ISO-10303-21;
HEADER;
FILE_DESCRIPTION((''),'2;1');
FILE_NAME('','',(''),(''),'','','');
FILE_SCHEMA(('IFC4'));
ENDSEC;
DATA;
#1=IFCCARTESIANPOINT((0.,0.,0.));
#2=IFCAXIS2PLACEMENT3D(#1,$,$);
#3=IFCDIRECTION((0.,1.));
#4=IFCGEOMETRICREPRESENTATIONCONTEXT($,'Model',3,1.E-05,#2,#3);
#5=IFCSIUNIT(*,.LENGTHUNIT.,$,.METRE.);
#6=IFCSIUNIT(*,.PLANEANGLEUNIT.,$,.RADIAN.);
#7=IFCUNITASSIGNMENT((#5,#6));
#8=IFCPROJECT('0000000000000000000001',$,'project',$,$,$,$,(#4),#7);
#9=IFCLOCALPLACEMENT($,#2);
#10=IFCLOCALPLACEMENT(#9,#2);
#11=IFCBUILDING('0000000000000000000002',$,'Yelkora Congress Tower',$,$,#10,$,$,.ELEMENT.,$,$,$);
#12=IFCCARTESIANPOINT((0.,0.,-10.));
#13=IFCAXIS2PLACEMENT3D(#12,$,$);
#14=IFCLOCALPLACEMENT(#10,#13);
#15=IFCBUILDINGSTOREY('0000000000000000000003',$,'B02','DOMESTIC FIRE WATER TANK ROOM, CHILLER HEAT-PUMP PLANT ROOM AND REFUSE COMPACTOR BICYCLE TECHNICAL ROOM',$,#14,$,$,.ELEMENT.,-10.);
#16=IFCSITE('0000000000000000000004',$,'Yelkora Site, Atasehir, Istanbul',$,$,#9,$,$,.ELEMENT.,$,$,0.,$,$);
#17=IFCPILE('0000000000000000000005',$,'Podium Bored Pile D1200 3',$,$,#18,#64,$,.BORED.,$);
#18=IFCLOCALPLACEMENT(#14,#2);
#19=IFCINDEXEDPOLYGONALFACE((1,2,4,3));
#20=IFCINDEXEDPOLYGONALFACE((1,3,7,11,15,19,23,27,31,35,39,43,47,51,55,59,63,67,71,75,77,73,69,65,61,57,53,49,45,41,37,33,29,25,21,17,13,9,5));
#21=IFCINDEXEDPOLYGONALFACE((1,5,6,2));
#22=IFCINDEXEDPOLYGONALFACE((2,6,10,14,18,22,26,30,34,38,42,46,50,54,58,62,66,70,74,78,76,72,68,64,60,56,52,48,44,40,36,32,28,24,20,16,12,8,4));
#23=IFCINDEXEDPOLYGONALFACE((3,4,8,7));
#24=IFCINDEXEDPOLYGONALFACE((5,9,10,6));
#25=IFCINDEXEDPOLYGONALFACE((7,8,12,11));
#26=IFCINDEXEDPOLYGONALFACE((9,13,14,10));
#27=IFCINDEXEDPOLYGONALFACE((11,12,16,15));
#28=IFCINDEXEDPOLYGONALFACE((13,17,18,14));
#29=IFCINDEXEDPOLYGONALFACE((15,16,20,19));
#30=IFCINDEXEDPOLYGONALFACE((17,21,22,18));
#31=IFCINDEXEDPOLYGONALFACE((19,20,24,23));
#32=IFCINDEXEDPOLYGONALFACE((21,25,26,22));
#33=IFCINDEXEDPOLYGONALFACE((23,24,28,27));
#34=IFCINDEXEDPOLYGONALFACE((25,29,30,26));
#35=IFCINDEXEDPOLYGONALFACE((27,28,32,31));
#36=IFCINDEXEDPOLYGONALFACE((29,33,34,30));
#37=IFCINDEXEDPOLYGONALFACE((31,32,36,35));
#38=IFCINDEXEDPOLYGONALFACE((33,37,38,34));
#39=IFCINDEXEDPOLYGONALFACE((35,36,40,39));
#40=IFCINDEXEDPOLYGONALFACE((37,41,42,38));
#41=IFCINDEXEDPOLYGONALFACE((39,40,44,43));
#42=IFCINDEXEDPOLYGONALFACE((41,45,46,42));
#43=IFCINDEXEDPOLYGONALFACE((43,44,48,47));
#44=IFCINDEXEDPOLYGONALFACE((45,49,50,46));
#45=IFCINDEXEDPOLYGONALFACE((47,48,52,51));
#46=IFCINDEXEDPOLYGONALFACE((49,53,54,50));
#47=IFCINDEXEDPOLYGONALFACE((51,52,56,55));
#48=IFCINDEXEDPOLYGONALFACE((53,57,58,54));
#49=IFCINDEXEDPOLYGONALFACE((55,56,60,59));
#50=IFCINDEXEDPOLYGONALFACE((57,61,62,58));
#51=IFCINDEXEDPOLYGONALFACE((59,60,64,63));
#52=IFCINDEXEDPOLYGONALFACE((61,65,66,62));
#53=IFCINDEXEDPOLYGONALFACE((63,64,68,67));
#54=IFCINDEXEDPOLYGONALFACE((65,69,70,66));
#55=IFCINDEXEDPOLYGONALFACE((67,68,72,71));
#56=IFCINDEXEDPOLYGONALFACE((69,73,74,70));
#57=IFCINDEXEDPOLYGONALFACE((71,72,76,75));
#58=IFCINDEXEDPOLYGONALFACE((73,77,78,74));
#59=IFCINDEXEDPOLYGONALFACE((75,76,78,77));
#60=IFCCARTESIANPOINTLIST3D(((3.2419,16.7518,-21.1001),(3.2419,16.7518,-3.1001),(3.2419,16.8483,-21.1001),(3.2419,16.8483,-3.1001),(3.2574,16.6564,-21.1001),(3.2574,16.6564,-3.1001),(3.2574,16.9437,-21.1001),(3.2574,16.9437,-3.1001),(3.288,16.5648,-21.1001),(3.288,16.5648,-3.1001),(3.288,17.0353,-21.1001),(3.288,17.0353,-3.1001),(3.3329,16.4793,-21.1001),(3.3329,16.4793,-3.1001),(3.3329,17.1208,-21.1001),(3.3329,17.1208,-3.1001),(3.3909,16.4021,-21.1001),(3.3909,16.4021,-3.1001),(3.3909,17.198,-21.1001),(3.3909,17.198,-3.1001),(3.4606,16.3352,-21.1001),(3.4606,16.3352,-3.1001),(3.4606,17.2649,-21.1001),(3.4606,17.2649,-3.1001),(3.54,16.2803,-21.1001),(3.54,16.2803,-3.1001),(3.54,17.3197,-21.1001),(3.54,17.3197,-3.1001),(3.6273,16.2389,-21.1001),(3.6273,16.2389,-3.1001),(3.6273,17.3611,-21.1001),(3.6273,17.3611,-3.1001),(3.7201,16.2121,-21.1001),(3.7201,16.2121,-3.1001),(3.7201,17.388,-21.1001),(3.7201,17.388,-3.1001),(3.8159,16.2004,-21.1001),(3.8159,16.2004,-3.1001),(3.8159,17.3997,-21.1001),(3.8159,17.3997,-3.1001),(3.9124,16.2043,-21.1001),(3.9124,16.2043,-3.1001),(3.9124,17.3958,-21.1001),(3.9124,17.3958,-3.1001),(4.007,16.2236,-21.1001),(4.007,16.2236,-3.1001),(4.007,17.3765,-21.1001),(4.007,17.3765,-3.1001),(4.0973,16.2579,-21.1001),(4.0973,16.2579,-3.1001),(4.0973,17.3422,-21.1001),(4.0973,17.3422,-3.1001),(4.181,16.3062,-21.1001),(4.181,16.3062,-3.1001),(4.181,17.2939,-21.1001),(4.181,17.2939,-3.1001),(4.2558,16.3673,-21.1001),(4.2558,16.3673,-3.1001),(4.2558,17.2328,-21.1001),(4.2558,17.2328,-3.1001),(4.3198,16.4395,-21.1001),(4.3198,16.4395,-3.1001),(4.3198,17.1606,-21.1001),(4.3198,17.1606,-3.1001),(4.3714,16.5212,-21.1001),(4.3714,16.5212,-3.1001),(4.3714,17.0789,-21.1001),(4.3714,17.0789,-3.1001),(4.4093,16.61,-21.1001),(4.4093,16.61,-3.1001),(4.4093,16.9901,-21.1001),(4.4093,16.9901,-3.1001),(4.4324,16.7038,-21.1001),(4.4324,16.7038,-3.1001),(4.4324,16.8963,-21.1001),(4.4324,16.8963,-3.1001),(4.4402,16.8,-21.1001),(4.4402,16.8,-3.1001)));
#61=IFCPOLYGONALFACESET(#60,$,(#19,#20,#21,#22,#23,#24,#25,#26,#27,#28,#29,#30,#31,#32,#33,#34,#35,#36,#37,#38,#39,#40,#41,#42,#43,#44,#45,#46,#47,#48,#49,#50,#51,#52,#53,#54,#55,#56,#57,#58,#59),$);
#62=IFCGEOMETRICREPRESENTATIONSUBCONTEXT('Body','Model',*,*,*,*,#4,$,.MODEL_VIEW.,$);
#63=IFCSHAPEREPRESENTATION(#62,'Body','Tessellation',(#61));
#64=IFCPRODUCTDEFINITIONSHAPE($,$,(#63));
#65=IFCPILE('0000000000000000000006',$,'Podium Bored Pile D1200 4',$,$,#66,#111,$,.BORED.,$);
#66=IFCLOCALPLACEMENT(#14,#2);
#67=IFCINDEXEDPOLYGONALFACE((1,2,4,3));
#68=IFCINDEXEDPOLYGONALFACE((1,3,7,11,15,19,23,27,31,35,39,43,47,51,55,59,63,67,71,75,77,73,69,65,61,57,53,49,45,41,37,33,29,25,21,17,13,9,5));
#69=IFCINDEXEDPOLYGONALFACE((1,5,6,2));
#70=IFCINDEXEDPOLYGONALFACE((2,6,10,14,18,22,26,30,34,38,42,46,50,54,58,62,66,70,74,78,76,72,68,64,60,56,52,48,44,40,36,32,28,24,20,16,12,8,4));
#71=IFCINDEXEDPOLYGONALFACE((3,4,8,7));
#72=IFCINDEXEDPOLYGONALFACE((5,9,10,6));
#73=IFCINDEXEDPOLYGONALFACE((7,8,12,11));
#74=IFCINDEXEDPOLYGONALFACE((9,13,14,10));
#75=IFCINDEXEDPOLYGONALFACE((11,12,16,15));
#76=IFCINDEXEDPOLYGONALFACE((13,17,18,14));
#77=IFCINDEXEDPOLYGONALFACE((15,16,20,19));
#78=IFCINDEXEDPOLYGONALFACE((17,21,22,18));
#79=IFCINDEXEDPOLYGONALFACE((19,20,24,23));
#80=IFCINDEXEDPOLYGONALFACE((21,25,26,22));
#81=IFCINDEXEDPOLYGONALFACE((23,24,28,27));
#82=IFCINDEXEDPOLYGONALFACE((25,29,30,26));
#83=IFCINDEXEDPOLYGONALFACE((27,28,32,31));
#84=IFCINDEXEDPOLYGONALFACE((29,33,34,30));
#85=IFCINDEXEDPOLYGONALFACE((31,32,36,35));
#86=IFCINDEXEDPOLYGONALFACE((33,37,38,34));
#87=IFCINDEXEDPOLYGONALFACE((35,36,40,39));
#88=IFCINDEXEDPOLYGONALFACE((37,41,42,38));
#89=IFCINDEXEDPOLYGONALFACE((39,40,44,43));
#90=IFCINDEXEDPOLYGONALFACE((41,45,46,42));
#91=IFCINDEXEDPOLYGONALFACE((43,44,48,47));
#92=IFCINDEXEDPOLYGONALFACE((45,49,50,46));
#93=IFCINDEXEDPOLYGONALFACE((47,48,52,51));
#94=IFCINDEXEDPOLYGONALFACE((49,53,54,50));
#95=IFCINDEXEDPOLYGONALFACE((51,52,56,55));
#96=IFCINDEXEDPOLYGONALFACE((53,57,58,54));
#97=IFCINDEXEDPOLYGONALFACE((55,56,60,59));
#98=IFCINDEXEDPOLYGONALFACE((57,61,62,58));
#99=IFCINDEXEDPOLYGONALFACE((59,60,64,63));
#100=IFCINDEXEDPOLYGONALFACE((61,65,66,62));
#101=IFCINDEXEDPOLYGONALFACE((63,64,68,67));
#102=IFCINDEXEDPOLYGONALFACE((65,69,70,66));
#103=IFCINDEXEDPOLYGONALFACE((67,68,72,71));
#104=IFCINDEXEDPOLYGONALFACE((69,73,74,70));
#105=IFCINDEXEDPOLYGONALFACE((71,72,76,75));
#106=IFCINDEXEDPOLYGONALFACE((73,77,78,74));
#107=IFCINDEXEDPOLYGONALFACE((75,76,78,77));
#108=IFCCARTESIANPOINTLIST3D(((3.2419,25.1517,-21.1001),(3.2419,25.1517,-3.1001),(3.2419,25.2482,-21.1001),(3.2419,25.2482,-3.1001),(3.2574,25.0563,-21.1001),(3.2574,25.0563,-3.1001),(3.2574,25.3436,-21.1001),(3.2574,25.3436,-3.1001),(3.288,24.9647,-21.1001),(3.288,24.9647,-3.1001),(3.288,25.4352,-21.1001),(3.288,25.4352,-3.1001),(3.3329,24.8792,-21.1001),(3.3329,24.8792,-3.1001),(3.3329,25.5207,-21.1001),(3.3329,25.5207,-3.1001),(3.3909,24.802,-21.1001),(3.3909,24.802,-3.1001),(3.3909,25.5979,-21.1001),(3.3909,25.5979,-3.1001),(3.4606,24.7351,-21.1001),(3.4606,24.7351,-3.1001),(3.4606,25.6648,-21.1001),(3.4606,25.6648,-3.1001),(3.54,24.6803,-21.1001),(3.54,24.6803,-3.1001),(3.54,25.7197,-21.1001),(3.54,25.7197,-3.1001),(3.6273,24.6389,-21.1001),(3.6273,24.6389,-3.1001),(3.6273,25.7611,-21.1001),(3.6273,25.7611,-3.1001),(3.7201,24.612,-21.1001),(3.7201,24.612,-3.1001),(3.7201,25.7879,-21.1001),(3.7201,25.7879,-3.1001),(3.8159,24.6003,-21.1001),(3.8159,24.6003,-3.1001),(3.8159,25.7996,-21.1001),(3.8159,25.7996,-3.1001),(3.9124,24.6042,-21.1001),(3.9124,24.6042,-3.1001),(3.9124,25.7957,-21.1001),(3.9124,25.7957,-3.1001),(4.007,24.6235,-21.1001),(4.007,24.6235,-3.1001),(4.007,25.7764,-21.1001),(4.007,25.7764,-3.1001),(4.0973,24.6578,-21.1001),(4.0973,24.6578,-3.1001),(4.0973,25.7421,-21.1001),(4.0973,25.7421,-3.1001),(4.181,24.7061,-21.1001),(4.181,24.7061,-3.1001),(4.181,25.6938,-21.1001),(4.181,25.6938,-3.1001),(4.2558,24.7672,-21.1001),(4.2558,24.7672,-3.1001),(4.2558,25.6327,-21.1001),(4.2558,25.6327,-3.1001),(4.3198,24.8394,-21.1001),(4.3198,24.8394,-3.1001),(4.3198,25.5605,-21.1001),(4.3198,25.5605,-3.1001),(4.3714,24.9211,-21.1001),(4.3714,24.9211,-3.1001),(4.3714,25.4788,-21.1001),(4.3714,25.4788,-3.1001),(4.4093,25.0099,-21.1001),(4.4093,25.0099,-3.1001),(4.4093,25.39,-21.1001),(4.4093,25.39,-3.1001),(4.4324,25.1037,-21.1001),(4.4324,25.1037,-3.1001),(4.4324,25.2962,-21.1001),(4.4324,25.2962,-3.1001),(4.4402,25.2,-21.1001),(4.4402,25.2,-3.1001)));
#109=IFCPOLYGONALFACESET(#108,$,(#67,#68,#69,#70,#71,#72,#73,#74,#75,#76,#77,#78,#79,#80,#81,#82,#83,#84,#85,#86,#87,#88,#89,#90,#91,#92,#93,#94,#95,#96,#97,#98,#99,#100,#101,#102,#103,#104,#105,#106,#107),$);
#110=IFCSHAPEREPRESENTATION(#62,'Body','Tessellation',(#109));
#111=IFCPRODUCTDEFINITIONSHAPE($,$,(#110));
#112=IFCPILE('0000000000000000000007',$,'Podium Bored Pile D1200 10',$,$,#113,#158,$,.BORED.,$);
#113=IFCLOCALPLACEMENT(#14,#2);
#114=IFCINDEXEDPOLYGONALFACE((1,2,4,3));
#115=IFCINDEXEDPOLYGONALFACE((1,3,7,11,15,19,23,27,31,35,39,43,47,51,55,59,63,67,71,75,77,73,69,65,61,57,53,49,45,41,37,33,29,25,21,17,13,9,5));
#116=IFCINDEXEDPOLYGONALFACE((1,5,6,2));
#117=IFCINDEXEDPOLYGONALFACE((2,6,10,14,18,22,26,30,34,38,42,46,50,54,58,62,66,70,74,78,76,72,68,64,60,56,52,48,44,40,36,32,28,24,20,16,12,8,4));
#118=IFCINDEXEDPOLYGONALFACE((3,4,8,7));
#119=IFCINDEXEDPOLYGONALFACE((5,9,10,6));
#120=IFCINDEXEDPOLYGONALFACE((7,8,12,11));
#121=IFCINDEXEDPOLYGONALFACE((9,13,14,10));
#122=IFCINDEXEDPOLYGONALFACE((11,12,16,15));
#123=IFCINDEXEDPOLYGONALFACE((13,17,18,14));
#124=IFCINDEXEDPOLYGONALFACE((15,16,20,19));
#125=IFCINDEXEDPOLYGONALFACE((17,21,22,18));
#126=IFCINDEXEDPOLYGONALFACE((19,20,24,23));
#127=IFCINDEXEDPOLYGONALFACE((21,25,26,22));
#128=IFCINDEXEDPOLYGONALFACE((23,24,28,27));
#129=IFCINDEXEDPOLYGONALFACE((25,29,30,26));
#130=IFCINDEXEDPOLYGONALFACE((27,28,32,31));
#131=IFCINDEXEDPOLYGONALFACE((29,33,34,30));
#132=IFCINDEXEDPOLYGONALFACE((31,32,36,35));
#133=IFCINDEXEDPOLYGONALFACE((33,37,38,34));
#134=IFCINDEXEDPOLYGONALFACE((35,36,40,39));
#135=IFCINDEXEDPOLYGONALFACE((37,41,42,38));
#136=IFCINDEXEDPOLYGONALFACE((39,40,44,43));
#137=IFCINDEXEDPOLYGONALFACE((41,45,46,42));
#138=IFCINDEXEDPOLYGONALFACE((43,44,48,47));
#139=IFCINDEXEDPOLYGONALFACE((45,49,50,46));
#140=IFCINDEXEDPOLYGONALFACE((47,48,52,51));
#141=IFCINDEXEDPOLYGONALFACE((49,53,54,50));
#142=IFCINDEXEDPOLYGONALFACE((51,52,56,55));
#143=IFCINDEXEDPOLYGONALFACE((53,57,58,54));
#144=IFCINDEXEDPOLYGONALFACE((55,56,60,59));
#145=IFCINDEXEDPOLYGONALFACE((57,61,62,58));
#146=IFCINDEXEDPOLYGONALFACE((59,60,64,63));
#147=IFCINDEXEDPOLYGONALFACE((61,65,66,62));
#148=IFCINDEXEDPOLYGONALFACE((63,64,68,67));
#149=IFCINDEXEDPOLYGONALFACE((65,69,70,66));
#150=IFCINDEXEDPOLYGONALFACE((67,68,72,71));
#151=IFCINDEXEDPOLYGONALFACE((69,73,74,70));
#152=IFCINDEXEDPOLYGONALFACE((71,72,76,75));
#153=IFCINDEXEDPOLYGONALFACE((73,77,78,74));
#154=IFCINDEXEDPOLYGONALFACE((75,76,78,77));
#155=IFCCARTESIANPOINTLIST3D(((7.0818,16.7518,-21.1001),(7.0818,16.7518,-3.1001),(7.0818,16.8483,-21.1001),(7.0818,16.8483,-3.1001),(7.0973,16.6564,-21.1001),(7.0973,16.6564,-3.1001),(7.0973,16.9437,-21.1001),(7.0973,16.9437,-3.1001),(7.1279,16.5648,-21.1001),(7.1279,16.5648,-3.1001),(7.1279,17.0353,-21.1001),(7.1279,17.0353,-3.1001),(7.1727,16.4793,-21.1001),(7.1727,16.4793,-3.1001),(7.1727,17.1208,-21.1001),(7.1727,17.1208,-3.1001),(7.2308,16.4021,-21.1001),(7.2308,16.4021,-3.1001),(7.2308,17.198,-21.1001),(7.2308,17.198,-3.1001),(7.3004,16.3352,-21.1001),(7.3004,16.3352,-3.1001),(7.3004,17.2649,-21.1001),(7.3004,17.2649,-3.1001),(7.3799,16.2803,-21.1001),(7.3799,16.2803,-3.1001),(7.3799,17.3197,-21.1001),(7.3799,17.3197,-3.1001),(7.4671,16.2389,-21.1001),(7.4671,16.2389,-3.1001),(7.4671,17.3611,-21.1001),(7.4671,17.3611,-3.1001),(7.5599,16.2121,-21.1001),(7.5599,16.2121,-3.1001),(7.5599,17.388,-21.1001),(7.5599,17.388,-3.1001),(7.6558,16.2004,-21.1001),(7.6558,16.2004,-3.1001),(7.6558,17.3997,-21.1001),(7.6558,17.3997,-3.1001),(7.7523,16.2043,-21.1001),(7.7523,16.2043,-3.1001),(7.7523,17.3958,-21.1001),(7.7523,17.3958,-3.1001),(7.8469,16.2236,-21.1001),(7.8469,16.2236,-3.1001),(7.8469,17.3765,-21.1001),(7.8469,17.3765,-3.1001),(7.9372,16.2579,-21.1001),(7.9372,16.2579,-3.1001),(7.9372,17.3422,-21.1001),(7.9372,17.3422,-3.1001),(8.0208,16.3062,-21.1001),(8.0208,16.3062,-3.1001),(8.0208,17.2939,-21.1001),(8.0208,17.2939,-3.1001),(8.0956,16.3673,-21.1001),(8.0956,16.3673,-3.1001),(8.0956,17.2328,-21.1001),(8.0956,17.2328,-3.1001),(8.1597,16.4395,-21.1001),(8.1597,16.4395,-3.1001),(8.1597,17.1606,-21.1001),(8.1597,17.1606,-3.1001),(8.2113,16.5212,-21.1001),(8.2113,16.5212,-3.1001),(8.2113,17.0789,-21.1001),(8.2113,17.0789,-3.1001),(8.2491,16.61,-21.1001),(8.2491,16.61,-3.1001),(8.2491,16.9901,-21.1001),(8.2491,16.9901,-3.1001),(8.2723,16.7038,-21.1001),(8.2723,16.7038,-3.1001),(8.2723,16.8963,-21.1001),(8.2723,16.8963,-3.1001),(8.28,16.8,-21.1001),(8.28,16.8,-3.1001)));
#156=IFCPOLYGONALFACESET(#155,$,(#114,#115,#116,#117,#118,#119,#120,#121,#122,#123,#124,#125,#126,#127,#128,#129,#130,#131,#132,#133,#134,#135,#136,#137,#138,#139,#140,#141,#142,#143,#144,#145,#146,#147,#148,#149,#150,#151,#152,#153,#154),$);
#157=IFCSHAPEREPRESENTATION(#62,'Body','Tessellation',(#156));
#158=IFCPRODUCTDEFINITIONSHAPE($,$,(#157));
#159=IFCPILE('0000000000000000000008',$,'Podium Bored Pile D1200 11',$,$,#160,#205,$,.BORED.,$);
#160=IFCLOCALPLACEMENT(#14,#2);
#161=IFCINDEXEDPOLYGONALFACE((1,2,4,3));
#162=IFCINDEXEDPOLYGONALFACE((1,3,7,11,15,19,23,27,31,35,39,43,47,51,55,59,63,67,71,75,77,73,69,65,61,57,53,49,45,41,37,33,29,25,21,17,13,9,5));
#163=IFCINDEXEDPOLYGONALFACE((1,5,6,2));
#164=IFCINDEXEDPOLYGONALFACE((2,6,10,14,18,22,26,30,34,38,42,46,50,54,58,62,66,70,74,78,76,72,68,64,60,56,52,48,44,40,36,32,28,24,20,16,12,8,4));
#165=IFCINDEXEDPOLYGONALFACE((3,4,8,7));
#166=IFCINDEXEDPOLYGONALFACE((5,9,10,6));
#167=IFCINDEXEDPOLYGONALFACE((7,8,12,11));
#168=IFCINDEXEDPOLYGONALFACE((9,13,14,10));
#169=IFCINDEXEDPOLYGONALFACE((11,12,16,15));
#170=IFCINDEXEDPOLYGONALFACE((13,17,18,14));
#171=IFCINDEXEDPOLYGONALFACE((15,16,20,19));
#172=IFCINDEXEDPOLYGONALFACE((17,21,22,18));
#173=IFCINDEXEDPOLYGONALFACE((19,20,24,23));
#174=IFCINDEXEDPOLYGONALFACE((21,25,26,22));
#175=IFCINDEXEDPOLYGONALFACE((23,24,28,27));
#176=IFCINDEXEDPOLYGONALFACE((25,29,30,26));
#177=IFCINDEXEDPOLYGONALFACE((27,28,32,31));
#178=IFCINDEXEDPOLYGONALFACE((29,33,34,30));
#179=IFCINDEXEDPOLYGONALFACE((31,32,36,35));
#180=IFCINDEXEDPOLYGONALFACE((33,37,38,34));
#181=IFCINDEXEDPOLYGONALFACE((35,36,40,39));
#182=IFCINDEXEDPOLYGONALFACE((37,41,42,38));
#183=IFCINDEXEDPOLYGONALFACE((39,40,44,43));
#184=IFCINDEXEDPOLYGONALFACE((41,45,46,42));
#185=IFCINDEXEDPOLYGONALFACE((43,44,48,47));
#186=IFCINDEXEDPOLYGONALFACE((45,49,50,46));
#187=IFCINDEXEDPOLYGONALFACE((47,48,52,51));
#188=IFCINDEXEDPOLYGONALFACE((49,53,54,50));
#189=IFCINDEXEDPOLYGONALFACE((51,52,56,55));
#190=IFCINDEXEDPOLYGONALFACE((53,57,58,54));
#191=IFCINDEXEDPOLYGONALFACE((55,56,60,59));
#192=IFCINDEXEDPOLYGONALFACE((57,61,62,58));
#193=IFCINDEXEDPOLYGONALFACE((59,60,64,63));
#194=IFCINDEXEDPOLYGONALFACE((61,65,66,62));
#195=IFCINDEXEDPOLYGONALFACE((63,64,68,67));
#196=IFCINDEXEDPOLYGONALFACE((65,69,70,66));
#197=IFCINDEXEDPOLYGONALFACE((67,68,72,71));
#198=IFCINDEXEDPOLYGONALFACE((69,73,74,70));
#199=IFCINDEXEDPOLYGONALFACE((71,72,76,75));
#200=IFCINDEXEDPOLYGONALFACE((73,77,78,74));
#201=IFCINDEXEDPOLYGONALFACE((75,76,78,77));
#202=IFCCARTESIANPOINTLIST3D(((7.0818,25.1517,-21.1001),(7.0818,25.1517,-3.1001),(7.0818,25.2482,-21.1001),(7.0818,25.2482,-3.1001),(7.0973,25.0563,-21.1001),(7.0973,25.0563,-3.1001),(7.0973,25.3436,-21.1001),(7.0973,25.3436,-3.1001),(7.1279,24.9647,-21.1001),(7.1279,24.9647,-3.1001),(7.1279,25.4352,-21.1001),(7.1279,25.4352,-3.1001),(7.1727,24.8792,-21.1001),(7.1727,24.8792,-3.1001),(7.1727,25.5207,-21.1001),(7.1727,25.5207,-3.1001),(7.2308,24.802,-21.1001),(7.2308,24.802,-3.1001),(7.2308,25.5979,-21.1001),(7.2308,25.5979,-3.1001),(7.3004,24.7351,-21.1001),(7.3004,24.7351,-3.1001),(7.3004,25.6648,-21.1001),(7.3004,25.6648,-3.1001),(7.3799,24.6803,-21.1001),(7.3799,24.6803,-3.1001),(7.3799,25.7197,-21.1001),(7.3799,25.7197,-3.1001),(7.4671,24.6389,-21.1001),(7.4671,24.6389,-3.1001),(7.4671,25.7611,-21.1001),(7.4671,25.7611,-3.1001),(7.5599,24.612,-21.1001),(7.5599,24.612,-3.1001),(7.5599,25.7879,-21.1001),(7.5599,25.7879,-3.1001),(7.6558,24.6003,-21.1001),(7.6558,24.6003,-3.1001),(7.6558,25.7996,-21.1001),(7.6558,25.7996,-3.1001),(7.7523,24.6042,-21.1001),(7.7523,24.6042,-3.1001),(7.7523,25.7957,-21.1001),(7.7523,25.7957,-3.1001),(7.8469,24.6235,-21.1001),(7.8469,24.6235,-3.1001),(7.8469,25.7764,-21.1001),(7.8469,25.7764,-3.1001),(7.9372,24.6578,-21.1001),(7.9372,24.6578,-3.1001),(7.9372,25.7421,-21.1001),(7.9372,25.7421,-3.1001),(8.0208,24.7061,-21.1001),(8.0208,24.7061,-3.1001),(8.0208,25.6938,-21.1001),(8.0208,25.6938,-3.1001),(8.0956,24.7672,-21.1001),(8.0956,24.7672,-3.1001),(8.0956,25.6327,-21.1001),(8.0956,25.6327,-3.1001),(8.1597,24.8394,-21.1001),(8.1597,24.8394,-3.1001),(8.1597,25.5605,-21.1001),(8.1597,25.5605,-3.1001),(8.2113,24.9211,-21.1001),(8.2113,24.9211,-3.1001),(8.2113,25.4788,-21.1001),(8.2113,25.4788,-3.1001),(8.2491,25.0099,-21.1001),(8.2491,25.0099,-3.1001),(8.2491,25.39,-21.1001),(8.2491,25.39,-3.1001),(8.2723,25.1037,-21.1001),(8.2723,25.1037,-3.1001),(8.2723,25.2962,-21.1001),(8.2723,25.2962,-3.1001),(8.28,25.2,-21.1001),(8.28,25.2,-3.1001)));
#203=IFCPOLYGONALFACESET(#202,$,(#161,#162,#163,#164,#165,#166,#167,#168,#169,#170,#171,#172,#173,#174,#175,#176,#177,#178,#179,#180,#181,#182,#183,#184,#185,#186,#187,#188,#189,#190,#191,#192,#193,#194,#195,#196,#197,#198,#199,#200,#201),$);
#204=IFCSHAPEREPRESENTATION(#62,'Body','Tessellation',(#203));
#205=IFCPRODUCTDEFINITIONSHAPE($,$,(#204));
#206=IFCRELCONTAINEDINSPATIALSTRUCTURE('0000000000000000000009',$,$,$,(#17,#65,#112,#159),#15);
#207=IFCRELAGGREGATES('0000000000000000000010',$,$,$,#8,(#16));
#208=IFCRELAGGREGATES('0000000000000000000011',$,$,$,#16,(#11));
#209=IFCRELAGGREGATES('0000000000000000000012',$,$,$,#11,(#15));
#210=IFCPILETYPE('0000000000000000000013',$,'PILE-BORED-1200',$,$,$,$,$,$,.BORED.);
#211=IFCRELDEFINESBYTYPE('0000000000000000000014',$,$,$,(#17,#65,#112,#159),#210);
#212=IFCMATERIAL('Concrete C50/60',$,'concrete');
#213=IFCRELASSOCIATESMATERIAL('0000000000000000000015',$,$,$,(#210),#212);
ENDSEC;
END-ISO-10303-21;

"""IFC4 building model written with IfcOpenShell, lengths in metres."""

from ifc_helpers import new_model, si_unit, direction, frame, origin, origin_2d, place, context, subcontext, project, spatial, circle, extrude, material, material_profile, profile_set, type_object, element, save


model = new_model("IFC4")

# Units and contexts
model_context = context("Model", 3, precision=1e-05, world=origin(), true_north=direction((0.0, 1.0)))
body_context = subcontext(model_context, "Body", "Model", "MODEL_VIEW")
ifc_project = project(units=[si_unit("LENGTHUNIT", "METRE"), si_unit("PLANEANGLEUNIT", "RADIAN")], contexts=[model_context])

# Site, building, storey
site_placement = place(None, origin())
site = spatial("IfcSite", under=ifc_project, at=site_placement, Name="Yelkora Site, Atasehir, Istanbul", CompositionType="ELEMENT", RefElevation=0.0)
building_placement = place(site_placement, origin())
building = spatial("IfcBuilding", under=site, at=building_placement, Name="Yelkora Congress Tower", CompositionType="ELEMENT")
storey_placement = place(building_placement, frame((0.0, 0.0, -10.0)))
storey = spatial("IfcBuildingStorey", under=building, at=storey_placement, Name="B02", Description="DOMESTIC FIRE WATER TANK ROOM, CHILLER HEAT-PUMP PLANT ROOM AND REFUSE COMPACTOR BICYCLE TECHNICAL ROOM", CompositionType="ELEMENT", Elevation=-10.0)

# Piles
ifc_material_1 = material(Name="Concrete C50/60", Category="concrete")
ifc_material_profile_1 = material_profile(ifc_material_1, circle(Radius=0.6001, at=origin_2d()), Name="PILE D1200")
ifc_profile_set_1 = profile_set([ifc_material_profile_1], Name="Concrete C50/60")
pile_type_1 = type_object("IfcPileType", Name="PILE-BORED-1200", PredefinedType="BORED", material=ifc_profile_set_1)
for number, where, z_axis, x_axis, name in (
    (1, (3.8401, 16.8, -3.1001), (0.0, 0.0, -1.0), (1.0, 0.0, 0.0), "Podium Bored Pile D1200 3"),
    (2, (3.8401, 25.2, -3.1001), (0.0, 0.0, -1.0), (1.0, 0.0, 0.0), "Podium Bored Pile D1200 4"),
    (3, (7.6799, 16.8, -3.1001), (0.0, 0.0, -1.0), (1.0, 0.0, 0.0), "Podium Bored Pile D1200 10"),
    (4, (7.6799, 25.2, -3.1001), (0.0, 0.0, -1.0), (1.0, 0.0, 0.0), "Podium Bored Pile D1200 11"),
):
    element("IfcPile", number, at=place(storey_placement, frame(where, z_axis=z_axis, x_axis=x_axis)), inside=storey, type_object=pile_type_1, Name=name, PredefinedType="BORED", context=body_context, shape_type="SweptSolid", body=[
        extrude(circle(Radius=0.6001, at=origin_2d()), origin(), (0.0, 0.0, 1.0), 18.0),
    ])

save(model, "model.ifc")
